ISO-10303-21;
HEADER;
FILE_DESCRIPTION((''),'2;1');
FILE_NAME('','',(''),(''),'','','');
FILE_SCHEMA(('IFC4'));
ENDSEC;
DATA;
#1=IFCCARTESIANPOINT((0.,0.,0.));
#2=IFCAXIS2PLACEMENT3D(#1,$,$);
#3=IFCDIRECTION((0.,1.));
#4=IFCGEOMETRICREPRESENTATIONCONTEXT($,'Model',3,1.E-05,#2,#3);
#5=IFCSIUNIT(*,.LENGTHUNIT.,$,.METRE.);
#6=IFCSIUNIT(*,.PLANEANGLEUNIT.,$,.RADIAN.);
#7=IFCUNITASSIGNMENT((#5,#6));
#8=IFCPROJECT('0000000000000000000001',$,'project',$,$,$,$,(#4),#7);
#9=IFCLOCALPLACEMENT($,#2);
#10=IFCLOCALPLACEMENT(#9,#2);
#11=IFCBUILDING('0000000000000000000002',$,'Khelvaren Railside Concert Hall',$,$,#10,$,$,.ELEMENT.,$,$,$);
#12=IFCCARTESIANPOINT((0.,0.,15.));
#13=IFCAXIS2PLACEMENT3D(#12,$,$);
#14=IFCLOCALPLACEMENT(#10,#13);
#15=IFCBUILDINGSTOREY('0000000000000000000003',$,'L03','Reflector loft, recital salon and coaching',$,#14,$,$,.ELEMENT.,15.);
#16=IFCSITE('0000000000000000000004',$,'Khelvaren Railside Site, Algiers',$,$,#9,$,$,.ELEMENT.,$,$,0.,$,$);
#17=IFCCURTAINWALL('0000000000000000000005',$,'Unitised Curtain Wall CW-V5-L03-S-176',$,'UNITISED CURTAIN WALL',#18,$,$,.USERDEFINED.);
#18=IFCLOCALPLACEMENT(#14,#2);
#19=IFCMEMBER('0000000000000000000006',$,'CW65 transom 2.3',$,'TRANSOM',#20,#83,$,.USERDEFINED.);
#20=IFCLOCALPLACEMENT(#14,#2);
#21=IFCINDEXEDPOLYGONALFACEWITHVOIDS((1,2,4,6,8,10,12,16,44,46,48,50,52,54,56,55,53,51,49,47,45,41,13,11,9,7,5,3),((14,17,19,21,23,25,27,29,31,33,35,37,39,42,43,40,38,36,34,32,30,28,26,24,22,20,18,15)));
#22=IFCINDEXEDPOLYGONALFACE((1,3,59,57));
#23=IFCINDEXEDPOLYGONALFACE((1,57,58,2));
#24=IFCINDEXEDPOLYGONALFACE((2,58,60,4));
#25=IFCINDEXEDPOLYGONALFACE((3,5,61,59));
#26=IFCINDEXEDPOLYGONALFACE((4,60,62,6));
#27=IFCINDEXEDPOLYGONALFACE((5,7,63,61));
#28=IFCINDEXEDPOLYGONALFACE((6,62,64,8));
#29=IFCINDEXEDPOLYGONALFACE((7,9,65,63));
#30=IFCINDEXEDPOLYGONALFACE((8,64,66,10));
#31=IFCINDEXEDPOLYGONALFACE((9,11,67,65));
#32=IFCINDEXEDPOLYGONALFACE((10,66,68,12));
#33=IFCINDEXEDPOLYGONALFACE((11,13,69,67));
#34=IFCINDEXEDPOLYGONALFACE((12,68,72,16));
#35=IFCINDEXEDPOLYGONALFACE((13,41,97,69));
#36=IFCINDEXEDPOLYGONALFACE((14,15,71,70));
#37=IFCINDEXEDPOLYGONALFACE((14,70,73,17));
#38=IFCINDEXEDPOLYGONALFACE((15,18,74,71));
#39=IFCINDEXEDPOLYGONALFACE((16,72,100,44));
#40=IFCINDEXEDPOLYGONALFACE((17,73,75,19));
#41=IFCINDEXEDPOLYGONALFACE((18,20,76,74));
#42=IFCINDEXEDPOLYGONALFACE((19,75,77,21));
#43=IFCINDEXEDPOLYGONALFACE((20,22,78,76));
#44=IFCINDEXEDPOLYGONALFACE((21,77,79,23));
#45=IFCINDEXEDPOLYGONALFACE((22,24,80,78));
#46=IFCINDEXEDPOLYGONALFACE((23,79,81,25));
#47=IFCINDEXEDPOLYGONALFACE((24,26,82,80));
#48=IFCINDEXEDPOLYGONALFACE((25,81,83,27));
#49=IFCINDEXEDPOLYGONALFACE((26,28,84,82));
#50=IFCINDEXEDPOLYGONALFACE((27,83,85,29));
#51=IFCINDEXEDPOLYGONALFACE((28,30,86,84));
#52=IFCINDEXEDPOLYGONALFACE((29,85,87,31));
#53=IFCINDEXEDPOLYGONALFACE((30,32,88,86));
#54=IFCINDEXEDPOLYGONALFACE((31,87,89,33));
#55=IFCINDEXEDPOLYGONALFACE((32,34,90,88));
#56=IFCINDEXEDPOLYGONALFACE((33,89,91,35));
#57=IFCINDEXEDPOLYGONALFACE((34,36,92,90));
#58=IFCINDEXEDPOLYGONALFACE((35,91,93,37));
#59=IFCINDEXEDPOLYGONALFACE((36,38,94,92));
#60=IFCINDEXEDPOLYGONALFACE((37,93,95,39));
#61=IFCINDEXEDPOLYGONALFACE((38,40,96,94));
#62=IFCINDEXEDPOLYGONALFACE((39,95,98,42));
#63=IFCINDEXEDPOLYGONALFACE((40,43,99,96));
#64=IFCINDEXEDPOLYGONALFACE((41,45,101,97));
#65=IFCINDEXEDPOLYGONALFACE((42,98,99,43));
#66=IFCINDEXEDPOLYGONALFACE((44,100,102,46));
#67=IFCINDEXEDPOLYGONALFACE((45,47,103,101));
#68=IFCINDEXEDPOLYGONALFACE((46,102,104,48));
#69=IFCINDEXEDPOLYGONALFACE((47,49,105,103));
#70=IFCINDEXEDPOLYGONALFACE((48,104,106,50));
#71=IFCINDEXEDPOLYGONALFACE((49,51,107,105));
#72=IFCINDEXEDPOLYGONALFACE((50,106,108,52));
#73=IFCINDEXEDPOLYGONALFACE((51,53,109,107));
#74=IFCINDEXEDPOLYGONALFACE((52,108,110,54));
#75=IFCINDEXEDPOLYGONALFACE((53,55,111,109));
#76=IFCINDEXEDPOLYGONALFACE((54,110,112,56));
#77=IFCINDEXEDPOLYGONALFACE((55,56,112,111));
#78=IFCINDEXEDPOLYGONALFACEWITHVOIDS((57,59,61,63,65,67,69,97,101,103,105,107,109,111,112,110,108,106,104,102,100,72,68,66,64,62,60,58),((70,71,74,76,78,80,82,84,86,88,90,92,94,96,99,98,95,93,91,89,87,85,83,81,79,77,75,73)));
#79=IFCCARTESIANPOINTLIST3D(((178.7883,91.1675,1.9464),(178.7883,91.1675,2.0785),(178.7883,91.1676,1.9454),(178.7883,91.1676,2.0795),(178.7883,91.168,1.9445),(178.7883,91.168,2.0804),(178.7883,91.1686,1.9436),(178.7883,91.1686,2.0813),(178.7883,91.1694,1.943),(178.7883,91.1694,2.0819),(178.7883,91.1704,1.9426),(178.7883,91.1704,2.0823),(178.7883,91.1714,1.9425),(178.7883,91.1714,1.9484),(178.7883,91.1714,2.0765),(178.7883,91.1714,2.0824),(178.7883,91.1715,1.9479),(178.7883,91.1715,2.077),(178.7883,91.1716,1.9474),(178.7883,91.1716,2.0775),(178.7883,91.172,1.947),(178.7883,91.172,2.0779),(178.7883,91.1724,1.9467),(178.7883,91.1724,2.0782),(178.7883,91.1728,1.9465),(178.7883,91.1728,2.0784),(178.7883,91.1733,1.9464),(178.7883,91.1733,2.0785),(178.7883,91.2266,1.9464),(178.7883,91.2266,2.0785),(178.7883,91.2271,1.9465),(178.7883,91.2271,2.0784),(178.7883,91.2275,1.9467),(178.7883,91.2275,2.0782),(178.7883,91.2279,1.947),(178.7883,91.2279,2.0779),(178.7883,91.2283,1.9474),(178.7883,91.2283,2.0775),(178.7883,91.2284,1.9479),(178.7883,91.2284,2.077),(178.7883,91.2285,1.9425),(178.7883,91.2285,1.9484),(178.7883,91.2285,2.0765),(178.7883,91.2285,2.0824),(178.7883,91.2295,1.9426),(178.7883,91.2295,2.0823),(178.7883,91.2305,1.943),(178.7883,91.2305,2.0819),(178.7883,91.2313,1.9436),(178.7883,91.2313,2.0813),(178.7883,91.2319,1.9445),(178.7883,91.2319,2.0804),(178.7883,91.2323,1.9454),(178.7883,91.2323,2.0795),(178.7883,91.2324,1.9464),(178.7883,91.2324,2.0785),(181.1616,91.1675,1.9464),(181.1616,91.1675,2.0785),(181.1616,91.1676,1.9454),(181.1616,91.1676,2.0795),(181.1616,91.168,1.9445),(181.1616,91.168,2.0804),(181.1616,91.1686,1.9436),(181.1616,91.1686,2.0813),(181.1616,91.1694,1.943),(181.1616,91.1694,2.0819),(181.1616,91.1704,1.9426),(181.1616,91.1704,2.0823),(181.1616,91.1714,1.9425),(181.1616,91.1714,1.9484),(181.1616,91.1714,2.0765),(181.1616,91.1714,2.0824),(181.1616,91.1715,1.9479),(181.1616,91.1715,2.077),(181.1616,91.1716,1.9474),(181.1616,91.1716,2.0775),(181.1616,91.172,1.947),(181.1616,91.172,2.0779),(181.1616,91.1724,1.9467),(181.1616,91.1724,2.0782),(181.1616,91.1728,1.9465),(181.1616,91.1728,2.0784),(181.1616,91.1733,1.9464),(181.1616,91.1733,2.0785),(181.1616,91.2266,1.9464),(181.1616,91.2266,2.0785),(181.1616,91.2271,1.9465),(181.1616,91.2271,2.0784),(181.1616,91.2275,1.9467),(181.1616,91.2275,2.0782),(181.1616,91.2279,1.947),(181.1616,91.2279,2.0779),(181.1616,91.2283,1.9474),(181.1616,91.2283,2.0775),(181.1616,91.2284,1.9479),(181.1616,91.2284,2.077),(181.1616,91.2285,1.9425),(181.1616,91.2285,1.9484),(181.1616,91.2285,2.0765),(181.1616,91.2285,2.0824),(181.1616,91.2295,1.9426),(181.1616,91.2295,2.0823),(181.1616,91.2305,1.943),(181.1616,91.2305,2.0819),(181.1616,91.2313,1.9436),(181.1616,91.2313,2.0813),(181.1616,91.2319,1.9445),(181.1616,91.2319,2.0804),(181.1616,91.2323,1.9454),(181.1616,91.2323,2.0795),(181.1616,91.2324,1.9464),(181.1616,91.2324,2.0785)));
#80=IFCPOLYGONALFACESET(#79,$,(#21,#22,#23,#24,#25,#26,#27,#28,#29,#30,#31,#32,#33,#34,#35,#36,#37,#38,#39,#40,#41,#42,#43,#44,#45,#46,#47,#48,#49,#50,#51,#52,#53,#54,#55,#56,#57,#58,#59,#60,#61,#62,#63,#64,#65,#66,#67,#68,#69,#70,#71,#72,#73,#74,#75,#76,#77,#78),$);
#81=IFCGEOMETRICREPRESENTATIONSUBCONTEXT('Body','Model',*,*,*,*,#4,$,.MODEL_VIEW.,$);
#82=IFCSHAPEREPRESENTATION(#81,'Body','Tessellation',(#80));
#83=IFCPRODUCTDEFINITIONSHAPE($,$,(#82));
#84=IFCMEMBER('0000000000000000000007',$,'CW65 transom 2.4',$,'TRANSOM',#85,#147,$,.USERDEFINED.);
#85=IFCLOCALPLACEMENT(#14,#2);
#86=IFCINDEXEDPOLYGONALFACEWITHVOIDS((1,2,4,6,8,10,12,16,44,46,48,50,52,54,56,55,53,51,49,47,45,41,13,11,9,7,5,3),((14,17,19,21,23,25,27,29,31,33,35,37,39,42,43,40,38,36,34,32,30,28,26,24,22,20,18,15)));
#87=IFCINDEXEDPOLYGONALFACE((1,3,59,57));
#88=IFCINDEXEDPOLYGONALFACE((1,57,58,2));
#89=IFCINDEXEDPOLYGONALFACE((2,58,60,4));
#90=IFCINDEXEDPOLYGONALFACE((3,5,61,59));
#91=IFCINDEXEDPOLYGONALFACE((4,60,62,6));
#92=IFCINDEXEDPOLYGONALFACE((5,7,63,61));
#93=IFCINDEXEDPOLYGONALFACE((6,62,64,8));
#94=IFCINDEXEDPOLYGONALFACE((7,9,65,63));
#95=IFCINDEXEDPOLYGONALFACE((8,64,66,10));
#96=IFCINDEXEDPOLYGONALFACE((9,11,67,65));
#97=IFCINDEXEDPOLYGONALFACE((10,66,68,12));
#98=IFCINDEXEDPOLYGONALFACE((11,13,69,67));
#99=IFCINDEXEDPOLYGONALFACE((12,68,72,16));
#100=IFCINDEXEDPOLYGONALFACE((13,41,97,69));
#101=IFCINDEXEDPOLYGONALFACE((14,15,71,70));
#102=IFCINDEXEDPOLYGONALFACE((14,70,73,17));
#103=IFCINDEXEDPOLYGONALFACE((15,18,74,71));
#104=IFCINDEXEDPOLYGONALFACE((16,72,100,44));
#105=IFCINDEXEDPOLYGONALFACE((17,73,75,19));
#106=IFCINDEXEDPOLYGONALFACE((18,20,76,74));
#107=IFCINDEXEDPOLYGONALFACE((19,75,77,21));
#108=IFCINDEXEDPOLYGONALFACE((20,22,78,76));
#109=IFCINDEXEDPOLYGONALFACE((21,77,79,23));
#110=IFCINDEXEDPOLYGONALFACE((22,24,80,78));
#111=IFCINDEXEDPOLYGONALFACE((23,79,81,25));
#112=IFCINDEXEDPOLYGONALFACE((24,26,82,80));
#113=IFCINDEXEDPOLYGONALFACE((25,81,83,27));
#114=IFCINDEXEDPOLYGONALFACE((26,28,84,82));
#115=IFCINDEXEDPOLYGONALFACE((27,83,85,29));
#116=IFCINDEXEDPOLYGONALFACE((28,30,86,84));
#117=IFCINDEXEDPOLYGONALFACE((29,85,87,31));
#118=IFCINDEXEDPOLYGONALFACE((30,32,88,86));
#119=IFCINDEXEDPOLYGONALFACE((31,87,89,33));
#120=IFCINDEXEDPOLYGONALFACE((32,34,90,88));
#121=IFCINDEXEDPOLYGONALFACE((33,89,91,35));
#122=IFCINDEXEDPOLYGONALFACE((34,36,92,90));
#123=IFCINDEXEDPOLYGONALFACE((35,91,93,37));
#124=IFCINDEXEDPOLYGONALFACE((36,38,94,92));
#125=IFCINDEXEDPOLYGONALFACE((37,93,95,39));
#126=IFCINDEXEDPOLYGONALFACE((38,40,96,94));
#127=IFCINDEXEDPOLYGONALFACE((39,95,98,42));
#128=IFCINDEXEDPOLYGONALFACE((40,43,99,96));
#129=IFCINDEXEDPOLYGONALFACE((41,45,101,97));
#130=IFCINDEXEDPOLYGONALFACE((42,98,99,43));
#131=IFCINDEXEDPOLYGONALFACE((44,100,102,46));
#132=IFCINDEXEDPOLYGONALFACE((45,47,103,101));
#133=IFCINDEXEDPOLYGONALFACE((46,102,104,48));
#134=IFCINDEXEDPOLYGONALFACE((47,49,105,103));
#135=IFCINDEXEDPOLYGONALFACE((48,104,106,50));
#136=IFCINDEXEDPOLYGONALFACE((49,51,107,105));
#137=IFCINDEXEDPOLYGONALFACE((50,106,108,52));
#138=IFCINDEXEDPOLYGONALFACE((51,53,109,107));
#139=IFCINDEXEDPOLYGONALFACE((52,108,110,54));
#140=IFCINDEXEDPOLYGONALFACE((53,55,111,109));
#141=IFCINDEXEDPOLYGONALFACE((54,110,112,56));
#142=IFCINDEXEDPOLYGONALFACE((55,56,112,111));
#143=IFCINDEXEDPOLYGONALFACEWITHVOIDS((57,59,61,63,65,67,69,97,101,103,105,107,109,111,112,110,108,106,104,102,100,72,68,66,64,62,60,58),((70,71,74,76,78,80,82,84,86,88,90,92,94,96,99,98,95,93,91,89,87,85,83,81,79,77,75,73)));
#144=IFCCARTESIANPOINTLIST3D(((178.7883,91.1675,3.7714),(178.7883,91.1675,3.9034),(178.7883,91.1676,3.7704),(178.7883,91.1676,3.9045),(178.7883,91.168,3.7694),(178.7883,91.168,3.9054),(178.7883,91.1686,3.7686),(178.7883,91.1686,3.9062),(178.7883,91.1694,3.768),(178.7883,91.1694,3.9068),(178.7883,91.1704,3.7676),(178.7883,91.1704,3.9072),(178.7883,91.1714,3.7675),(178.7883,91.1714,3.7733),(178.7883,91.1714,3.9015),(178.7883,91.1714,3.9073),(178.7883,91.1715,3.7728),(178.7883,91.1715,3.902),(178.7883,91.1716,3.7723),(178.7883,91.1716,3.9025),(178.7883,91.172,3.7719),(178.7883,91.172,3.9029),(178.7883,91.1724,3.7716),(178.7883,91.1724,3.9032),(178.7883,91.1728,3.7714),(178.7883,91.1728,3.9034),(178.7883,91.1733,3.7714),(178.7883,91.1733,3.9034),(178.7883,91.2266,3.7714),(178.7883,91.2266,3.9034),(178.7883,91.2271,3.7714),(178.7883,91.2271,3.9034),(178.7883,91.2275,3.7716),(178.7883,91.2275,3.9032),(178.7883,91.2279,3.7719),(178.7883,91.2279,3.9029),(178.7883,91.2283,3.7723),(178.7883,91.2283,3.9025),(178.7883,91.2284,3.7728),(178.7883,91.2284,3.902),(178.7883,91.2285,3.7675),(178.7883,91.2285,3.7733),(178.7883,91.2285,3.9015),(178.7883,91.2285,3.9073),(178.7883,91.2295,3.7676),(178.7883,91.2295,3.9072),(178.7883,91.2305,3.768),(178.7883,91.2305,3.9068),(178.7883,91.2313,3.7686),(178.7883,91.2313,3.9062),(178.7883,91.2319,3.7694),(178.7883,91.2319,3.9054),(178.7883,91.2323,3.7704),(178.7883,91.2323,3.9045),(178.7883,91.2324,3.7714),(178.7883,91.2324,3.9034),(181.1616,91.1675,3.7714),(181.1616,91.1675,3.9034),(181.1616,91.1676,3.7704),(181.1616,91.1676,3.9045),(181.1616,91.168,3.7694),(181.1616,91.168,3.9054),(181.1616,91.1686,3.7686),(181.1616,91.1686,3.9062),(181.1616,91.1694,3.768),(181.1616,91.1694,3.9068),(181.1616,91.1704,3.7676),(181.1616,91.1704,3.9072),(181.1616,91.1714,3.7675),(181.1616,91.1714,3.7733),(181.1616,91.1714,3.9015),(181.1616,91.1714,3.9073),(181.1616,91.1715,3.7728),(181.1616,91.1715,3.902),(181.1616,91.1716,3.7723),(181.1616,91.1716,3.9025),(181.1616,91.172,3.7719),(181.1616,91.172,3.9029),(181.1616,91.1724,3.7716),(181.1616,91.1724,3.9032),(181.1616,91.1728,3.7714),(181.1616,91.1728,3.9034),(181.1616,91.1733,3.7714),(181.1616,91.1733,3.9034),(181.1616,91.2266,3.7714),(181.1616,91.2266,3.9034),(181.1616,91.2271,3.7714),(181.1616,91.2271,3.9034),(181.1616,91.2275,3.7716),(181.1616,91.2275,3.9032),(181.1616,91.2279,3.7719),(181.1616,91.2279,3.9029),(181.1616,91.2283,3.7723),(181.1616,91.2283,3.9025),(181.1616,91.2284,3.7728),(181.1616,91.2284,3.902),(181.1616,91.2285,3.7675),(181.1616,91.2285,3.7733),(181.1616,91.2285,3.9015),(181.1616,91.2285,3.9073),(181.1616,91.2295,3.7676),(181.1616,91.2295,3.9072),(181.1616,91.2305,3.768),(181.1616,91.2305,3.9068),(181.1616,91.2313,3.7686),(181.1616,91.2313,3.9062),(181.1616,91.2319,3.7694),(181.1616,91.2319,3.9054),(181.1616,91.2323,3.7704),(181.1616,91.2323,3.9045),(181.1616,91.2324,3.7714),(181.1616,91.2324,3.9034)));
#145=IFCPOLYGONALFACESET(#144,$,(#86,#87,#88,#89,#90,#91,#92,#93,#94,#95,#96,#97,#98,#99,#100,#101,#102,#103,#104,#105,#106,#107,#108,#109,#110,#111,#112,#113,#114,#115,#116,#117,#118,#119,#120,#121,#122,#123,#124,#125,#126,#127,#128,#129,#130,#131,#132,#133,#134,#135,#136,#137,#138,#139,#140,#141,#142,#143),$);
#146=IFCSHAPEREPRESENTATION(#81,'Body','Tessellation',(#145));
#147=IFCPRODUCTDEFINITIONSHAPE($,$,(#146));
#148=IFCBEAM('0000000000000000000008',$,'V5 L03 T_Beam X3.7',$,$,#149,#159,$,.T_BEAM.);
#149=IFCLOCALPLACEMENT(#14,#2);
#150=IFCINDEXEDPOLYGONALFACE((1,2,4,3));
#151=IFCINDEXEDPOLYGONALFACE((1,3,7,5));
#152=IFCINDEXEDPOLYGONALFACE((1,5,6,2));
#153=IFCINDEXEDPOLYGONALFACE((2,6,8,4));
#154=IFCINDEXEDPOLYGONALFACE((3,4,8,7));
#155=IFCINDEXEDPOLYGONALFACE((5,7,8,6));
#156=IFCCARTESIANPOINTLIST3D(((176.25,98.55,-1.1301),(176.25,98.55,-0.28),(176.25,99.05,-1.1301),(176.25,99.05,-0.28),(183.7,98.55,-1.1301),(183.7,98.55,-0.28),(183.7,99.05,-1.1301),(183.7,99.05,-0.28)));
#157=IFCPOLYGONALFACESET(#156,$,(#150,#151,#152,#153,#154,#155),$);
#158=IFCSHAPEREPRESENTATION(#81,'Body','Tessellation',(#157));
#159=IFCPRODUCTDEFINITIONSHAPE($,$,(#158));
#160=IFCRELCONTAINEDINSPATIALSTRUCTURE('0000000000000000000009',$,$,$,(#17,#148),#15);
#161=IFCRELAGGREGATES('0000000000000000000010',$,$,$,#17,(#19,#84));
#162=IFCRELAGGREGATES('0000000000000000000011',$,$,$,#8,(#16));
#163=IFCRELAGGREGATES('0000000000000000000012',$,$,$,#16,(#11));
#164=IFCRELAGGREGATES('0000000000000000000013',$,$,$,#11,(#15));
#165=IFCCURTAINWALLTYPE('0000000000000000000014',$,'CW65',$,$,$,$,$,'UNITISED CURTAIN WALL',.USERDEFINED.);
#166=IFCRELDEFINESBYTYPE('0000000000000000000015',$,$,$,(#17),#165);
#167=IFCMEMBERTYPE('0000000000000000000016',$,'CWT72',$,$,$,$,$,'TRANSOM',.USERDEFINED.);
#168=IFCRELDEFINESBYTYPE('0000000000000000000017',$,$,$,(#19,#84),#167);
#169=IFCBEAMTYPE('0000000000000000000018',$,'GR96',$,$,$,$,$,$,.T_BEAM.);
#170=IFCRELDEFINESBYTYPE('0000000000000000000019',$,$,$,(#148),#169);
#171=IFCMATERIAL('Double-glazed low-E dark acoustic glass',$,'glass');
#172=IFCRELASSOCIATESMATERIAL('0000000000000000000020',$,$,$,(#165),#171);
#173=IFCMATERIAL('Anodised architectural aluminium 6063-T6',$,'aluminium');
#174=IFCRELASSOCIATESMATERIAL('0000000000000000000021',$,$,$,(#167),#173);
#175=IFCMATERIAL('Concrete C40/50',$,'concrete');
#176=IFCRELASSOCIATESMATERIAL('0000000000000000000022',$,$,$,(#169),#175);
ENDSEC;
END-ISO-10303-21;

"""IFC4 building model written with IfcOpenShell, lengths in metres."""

from ifc_helpers import new_model, si_unit, direction, frame, origin, origin_2d, place, context, subcontext, project, spatial, rectangle, hollow_rectangle, extrude, material, material_profile, profile_set, type_object, element, aggregate, save


model = new_model("IFC4")

# Units and contexts
model_context = context("Model", 3, precision=1e-05, world=origin(), true_north=direction((0.0, 1.0)))
body_context = subcontext(model_context, "Body", "Model", "MODEL_VIEW")
ifc_project = project(units=[si_unit("LENGTHUNIT", "METRE"), si_unit("PLANEANGLEUNIT", "RADIAN")], contexts=[model_context])

# Site, building, storey
site_placement = place(None, origin())
site = spatial("IfcSite", under=ifc_project, at=site_placement, Name="Khelvaren Railside Site, Algiers", CompositionType="ELEMENT", RefElevation=0.0)
building_placement = place(site_placement, origin())
building = spatial("IfcBuilding", under=site, at=building_placement, Name="Khelvaren Railside Concert Hall", CompositionType="ELEMENT")
storey_placement = place(building_placement, frame((0.0, 0.0, 15.0)))
storey = spatial("IfcBuildingStorey", under=building, at=storey_placement, Name="L03", Description="Reflector loft, recital salon and coaching", CompositionType="ELEMENT", Elevation=15.0)

# Shared definitions
ifc_material_1 = material(Name="Anodised architectural aluminium 6063-T6", Category="aluminium")

# Curtain wall, members
ifc_material_2 = material(Name="Double-glazed low-E dark acoustic glass", Category="glass")
curtain_wall_type_1 = type_object("IfcCurtainWallType", Name="CW65", ElementType="UNITISED CURTAIN WALL", PredefinedType="USERDEFINED", material=ifc_material_2)
curtain_wall_1_placement = place(storey_placement, origin())
curtain_wall_1 = element("IfcCurtainWall", 1, at=curtain_wall_1_placement, inside=storey, type_object=curtain_wall_type_1, Name="Unitised Curtain Wall CW-V5-L03-S-176", ObjectType="UNITISED CURTAIN WALL", PredefinedType="USERDEFINED")
ifc_material_profile_1 = material_profile(ifc_material_1, hollow_rectangle(XDim=0.0649, YDim=0.1399, WallThickness=0.0039, InnerFilletRadius=0.002, OuterFilletRadius=0.0039, at=origin_2d()), Name="CWT 65x140x4")
ifc_profile_set_1 = profile_set([ifc_material_profile_1], Name="Anodised architectural aluminium 6063-T6")
member_type_1 = type_object("IfcMemberType", Name="CWT72", ElementType="TRANSOM", PredefinedType="USERDEFINED", material=ifc_profile_set_1)
member_1_placement = place(storey_placement, frame((181.1616, 91.2, 2.0125), z_axis=(-1.0, 0.0, 0.0), x_axis=(0.0, -1.0, 0.0)))
member_1 = element("IfcMember", 2, at=member_1_placement, type_object=member_type_1, Name="CW65 transom 2.3", ObjectType="TRANSOM", PredefinedType="USERDEFINED", context=body_context, shape_type="SweptSolid", body=[
    extrude(hollow_rectangle(XDim=0.0649, YDim=0.1399, WallThickness=0.0039, InnerFilletRadius=0.002, OuterFilletRadius=0.0039, at=origin_2d()), origin(), (0.0, 0.0, 1.0), 2.3733),
])
member_2_placement = place(storey_placement, frame((181.1616, 91.2, 3.8374), z_axis=(-1.0, 0.0, 0.0), x_axis=(0.0, -1.0, 0.0)))
member_2 = element("IfcMember", 3, at=member_2_placement, type_object=member_type_1, Name="CW65 transom 2.4", ObjectType="TRANSOM", PredefinedType="USERDEFINED", context=body_context, shape_type="SweptSolid", body=[
    extrude(hollow_rectangle(XDim=0.0649, YDim=0.1399, WallThickness=0.0039, InnerFilletRadius=0.002, OuterFilletRadius=0.0039, at=origin_2d()), origin(), (0.0, 0.0, 1.0), 2.3733),
])

# Beam
ifc_material_3 = material(Name="Concrete C40/50", Category="concrete")
ifc_material_profile_2 = material_profile(ifc_material_3, rectangle(XDim=0.5, YDim=0.8501, at=origin_2d()), Name="RCB 500x850")
ifc_profile_set_2 = profile_set([ifc_material_profile_2], Name="Concrete C40/50")
beam_type_1 = type_object("IfcBeamType", Name="GR96", PredefinedType="T_BEAM", material=ifc_profile_set_2)
beam_1_placement = place(storey_placement, frame((176.25, 98.8, -0.7051), z_axis=(1.0, 0.0, 0.0), x_axis=(0.0, 1.0, 0.0)))
element("IfcBeam", 4, at=beam_1_placement, inside=storey, type_object=beam_type_1, Name="V5 L03 T_Beam X3.7", PredefinedType="T_BEAM", context=body_context, shape_type="SweptSolid", body=[
    extrude(rectangle(XDim=0.5, YDim=0.8501, at=origin_2d()), origin(), (0.0, 0.0, 1.0), 7.45),
])

aggregate(curtain_wall_1, [member_1, member_2])

save(model, "model.ifc")
